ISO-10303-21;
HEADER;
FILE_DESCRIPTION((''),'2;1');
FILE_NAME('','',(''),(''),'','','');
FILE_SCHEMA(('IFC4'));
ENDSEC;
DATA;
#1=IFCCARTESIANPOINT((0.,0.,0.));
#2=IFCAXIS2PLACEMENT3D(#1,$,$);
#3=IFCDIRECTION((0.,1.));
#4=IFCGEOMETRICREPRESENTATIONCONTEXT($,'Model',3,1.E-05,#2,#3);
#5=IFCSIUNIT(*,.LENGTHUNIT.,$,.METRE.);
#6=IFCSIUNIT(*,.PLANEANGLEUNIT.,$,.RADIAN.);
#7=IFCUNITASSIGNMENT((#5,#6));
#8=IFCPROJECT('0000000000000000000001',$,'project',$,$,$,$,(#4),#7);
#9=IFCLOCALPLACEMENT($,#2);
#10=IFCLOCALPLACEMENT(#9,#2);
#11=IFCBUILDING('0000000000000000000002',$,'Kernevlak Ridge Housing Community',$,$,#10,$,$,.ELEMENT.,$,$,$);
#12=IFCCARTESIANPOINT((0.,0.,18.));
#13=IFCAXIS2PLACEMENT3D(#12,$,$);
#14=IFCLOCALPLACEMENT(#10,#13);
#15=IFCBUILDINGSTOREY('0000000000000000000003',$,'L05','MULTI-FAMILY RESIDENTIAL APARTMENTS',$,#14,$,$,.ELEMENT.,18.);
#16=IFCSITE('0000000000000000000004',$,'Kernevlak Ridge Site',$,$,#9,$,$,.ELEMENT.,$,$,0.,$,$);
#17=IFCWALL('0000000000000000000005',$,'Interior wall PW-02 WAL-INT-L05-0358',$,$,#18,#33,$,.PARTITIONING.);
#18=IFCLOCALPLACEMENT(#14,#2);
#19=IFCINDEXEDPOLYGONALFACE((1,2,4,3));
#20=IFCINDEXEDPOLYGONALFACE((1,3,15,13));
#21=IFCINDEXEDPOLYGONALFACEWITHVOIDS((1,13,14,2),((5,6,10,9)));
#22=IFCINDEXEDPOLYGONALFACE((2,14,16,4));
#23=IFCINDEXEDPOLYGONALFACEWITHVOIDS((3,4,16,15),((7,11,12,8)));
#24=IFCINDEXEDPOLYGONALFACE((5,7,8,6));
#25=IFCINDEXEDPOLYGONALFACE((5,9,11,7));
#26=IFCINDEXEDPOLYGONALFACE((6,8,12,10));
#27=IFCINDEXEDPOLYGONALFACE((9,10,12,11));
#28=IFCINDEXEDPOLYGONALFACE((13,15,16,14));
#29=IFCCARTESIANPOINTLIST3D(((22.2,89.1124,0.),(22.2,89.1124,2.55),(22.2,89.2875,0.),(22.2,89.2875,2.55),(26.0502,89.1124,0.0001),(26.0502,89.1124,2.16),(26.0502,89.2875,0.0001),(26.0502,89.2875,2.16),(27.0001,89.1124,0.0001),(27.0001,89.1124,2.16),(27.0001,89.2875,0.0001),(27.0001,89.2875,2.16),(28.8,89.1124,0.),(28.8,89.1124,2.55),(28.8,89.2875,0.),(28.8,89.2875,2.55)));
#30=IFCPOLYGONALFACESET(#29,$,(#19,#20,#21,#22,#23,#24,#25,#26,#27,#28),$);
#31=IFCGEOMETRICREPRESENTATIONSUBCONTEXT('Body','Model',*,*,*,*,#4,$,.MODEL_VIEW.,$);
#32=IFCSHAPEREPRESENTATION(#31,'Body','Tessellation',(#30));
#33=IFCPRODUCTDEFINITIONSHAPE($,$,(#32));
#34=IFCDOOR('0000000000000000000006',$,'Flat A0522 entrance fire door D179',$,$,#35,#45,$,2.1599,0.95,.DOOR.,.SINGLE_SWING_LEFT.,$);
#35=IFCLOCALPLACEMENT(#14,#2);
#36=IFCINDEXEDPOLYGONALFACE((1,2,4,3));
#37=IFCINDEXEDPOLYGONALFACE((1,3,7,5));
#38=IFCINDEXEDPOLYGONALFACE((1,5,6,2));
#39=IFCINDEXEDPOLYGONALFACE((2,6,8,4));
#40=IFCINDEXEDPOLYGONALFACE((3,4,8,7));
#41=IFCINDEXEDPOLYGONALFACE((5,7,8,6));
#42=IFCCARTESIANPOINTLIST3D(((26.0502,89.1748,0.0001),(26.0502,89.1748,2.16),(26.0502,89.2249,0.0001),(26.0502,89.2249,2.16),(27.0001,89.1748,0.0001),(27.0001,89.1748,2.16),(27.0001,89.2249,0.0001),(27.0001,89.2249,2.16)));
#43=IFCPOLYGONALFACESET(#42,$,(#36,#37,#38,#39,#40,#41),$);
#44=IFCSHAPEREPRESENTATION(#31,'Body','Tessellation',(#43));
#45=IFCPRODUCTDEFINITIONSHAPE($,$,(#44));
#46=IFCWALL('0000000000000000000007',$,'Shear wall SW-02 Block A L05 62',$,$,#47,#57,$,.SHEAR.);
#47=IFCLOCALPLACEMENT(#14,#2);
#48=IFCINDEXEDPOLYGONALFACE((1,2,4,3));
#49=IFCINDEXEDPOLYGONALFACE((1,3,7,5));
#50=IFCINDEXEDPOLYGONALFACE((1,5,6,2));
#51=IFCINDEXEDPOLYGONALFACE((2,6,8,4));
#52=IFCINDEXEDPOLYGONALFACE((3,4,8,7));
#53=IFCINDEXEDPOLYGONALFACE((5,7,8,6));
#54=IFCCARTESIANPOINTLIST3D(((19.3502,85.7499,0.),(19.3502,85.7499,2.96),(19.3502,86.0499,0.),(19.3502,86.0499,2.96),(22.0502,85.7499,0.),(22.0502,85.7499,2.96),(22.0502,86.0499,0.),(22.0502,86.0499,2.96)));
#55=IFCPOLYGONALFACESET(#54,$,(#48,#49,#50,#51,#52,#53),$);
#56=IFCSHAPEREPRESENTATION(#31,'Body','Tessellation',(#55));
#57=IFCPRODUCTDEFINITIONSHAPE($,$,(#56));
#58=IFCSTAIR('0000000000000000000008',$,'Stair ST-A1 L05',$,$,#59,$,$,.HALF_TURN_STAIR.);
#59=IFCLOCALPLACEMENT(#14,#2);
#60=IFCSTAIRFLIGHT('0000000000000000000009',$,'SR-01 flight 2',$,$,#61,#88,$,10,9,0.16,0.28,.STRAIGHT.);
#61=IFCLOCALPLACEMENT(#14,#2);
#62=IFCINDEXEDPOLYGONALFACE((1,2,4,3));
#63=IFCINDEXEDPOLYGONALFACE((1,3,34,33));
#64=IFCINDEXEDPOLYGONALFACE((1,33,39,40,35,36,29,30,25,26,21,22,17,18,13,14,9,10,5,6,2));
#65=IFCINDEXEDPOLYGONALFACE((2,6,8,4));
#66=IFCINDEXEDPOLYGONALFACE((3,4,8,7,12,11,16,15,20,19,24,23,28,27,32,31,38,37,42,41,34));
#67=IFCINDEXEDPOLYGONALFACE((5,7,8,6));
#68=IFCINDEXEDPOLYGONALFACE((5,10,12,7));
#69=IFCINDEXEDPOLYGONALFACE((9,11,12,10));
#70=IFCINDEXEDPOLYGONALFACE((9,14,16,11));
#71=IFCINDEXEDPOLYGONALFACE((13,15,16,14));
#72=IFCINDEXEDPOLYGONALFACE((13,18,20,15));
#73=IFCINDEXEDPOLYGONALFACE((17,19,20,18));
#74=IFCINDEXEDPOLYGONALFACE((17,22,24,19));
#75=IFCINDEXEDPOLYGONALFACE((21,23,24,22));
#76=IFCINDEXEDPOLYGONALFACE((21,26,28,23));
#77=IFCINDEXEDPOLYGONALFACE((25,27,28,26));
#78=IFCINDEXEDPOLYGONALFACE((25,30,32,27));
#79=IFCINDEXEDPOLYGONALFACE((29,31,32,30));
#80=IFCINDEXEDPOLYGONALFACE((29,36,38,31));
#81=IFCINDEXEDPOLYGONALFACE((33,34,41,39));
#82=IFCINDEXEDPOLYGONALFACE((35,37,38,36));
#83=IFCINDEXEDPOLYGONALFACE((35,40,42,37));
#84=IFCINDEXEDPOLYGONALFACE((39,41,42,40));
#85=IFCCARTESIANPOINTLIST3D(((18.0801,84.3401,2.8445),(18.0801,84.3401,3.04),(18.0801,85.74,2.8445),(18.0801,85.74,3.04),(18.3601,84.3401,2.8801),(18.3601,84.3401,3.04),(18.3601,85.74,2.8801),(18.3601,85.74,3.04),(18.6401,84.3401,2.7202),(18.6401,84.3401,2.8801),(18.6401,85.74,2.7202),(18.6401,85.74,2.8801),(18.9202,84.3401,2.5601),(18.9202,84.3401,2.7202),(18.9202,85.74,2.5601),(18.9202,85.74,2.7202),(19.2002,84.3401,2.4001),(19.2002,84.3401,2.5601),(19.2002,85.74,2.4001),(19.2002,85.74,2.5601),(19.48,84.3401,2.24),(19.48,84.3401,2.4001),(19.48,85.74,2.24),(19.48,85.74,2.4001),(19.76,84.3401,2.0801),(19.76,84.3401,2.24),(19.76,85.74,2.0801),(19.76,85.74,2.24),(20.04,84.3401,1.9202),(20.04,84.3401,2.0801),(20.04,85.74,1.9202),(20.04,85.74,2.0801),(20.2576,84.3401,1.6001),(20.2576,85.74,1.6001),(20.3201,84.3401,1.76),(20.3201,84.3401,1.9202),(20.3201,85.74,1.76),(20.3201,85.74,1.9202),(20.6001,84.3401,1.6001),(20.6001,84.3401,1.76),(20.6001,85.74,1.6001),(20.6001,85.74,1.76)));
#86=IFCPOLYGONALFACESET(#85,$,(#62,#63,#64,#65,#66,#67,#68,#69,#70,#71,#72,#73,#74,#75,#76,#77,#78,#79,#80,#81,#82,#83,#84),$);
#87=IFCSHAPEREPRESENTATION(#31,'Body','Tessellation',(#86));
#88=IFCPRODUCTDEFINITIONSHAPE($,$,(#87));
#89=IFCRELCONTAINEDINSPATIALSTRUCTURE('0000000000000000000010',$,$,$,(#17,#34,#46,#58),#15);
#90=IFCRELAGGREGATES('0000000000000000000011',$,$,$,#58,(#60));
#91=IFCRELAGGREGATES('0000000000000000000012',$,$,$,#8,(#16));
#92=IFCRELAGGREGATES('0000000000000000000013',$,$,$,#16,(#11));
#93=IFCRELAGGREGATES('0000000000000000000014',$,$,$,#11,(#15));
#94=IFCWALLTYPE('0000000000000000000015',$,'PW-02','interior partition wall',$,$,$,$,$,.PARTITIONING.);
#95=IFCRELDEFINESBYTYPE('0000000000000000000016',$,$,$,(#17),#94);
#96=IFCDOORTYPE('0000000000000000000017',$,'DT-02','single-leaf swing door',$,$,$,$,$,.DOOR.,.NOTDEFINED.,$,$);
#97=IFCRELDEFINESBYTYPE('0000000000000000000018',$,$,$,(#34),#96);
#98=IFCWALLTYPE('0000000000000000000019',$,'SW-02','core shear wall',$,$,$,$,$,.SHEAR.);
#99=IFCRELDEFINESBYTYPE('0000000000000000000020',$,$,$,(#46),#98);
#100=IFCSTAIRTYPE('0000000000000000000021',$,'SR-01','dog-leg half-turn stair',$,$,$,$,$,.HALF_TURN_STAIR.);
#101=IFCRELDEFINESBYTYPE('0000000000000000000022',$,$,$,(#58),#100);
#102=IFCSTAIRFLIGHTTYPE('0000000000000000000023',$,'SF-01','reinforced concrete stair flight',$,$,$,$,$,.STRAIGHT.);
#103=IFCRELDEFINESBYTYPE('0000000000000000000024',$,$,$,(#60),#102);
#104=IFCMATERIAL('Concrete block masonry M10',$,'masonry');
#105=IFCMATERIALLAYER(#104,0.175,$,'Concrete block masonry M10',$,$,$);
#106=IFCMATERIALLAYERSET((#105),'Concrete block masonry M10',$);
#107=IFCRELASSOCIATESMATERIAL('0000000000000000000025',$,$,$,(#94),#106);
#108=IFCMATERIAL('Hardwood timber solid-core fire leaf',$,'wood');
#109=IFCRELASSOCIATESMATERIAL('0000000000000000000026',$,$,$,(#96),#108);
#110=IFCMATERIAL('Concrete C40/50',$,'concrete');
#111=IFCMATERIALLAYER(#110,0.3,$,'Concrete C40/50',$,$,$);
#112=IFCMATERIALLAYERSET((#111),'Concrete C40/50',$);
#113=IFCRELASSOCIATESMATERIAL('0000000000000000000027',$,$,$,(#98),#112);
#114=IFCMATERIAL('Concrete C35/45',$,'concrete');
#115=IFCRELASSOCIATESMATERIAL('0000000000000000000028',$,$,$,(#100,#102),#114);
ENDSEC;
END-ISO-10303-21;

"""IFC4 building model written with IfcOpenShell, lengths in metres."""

from ifc_helpers import new_model, si_unit, direction, frame, frame_2d, origin, place, context, subcontext, project, spatial, polyline, rectangle, outline, extrude, material, layer, layer_set, type_object, element, fill, aggregate, save


model = new_model("IFC4")

# Units and contexts
model_context = context("Model", 3, precision=1e-05, world=origin(), true_north=direction((0.0, 1.0)))
body_context = subcontext(model_context, "Body", "Model", "MODEL_VIEW")
ifc_project = project(units=[si_unit("LENGTHUNIT", "METRE"), si_unit("PLANEANGLEUNIT", "RADIAN")], contexts=[model_context])

# Site, building, storey
site_placement = place(None, origin())
site = spatial("IfcSite", under=ifc_project, at=site_placement, Name="Kernevlak Ridge Site", CompositionType="ELEMENT", RefElevation=0.0)
building_placement = place(site_placement, origin())
building = spatial("IfcBuilding", under=site, at=building_placement, Name="Kernevlak Ridge Housing Community", CompositionType="ELEMENT")
storey_placement = place(building_placement, frame((0.0, 0.0, 18.0)))
storey = spatial("IfcBuildingStorey", under=building, at=storey_placement, Name="L05", Description="MULTI-FAMILY RESIDENTIAL APARTMENTS", CompositionType="ELEMENT", Elevation=18.0)

# Shared definitions
ifc_material_1 = material(Name="Concrete C40/50", Category="concrete")

# Shared definitions
ifc_material_2 = material(Name="Concrete C35/45", Category="concrete")

# Shared definitions
ifc_material_3 = material(Name="Concrete block masonry M10", Category="masonry")
ifc_layer_1 = layer(ifc_material_3, 0.175, Name="Concrete block masonry M10")
ifc_layer_set_1 = layer_set([ifc_layer_1], Name="Concrete block masonry M10")
wall_type_1 = type_object("IfcWallType", Name="PW-02", Description="interior partition wall", PredefinedType="PARTITIONING", material=ifc_layer_set_1)

# Wall, opening, door
ifc_material_4 = material(Name="Hardwood timber solid-core fire leaf", Category="wood")
door_type_1 = type_object("IfcDoorType", Name="DT-02", Description="single-leaf swing door", OperationType="NOTDEFINED", PredefinedType="DOOR", material=ifc_material_4)
wall_1_placement = place(storey_placement, frame((22.2, 89.2, 0.0), z_axis=(0.0, 0.0, 1.0), x_axis=(1.0, 0.0, 0.0)))
wall_1 = element("IfcWall", 1, at=wall_1_placement, inside=storey, type_object=wall_type_1, Name="Interior wall PW-02 WAL-INT-L05-0358", PredefinedType="PARTITIONING", context=body_context, shape_type="SweptSolid", body=[
    extrude(rectangle(XDim=6.6001, YDim=0.175, at=frame_2d((3.3, 0.0))), origin(), (0.0, 0.0, 1.0), 2.55),
])
opening_1_placement = place(wall_1_placement, frame((3.8501, 0.0, 0.0)))
opening_1 = element("IfcOpeningElement", 2, at=opening_1_placement, cuts=wall_1, PredefinedType="OPENING", context=body_context, shape_type="SweptSolid", body=[
    extrude(rectangle(XDim=0.95, YDim=2.1599, at=frame_2d((0.4751, 1.0801))), frame((0.0, 0.0974, 0.0), z_axis=(0.0, -1.0, 0.0), x_axis=(1.0, 0.0, 0.0)), (0.0, 0.0, 1.0), 0.1951),
])
door_1_placement = place(opening_1_placement, origin())
door_1 = element("IfcDoor", 3, at=door_1_placement, inside=storey, type_object=door_type_1, Name="Flat A0522 entrance fire door D179", OperationType="SINGLE_SWING_LEFT", OverallHeight=2.1599, OverallWidth=0.95, PredefinedType="DOOR", context=body_context, shape_type="SweptSolid", body=[
    extrude(rectangle(XDim=0.95, YDim=2.1599, at=frame_2d((0.4751, 1.0801))), frame((0.0, 0.0249, 0.0), z_axis=(0.0, -1.0, 0.0), x_axis=(1.0, 0.0, 0.0)), (0.0, 0.0, 1.0), 0.05),
])
fill(opening_1, door_1)

# Wall
ifc_layer_2 = layer(ifc_material_1, 0.3, Name="Concrete C40/50")
ifc_layer_set_2 = layer_set([ifc_layer_2], Name="Concrete C40/50")
wall_type_2 = type_object("IfcWallType", Name="SW-02", Description="core shear wall", PredefinedType="SHEAR", material=ifc_layer_set_2)
wall_2_placement = place(storey_placement, frame((19.3501, 85.8999, 0.0), z_axis=(0.0, 0.0, 1.0), x_axis=(1.0, 0.0, 0.0)))
element("IfcWall", 4, at=wall_2_placement, inside=storey, type_object=wall_type_2, Name="Shear wall SW-02 Block A L05 62", PredefinedType="SHEAR", context=body_context, shape_type="SweptSolid", body=[
    extrude(rectangle(XDim=2.7, YDim=0.3, at=frame_2d((1.3501, 0.0))), origin(), (0.0, 0.0, 1.0), 2.96),
])

# Stair, stair flight
stair_type = type_object("IfcStairType", Name="SR-01", Description="dog-leg half-turn stair", PredefinedType="HALF_TURN_STAIR", material=ifc_material_2)
stair_placement = place(storey_placement, origin())
stair = element("IfcStair", 5, at=stair_placement, inside=storey, type_object=stair_type, Name="Stair ST-A1 L05", PredefinedType="HALF_TURN_STAIR")
stair_flight_type = type_object("IfcStairFlightType", Name="SF-01", Description="reinforced concrete stair flight", PredefinedType="STRAIGHT", material=ifc_material_2)
stair_flight_placement = place(storey_placement, frame((20.6001, 85.04, 1.6001), z_axis=(0.0, 0.0, 1.0), x_axis=(-1.0, 0.0, 0.0)))
stair_flight = element("IfcStairFlight", 6, at=stair_flight_placement, type_object=stair_flight_type, Name="SR-01 flight 2", NumberOfRisers=10, NumberOfTreads=9, PredefinedType="STRAIGHT", RiserHeight=0.16, TreadLength=0.28, context=body_context, shape_type="SweptSolid", body=[
    extrude(outline(polyline([(0.0, 0.0), (0.0, 0.1599), (0.28, 0.1599), (0.28, 0.3201), (0.5601, 0.3201), (0.5601, 0.48), (0.8401, 0.48), (0.8401, 0.6399), (1.1201, 0.6399), (1.1201, 0.8), (1.3999, 0.8), (1.3999, 0.96), (1.6799, 0.96), (1.6799, 1.1201), (1.96, 1.1201), (1.96, 1.28), (2.24, 1.28), (2.24, 1.4399), (2.52, 1.4399), (2.52, 1.6001), (2.52, 1.2444), (0.3425, 0.0), (0.0, 0.0)])), frame((0.0, 0.7, 0.0), z_axis=(0.0, -1.0, 0.0), x_axis=(1.0, 0.0, 0.0)), (0.0, 0.0, 1.0), 1.3999),
])
aggregate(stair, [stair_flight])

save(model, "model.ifc")
